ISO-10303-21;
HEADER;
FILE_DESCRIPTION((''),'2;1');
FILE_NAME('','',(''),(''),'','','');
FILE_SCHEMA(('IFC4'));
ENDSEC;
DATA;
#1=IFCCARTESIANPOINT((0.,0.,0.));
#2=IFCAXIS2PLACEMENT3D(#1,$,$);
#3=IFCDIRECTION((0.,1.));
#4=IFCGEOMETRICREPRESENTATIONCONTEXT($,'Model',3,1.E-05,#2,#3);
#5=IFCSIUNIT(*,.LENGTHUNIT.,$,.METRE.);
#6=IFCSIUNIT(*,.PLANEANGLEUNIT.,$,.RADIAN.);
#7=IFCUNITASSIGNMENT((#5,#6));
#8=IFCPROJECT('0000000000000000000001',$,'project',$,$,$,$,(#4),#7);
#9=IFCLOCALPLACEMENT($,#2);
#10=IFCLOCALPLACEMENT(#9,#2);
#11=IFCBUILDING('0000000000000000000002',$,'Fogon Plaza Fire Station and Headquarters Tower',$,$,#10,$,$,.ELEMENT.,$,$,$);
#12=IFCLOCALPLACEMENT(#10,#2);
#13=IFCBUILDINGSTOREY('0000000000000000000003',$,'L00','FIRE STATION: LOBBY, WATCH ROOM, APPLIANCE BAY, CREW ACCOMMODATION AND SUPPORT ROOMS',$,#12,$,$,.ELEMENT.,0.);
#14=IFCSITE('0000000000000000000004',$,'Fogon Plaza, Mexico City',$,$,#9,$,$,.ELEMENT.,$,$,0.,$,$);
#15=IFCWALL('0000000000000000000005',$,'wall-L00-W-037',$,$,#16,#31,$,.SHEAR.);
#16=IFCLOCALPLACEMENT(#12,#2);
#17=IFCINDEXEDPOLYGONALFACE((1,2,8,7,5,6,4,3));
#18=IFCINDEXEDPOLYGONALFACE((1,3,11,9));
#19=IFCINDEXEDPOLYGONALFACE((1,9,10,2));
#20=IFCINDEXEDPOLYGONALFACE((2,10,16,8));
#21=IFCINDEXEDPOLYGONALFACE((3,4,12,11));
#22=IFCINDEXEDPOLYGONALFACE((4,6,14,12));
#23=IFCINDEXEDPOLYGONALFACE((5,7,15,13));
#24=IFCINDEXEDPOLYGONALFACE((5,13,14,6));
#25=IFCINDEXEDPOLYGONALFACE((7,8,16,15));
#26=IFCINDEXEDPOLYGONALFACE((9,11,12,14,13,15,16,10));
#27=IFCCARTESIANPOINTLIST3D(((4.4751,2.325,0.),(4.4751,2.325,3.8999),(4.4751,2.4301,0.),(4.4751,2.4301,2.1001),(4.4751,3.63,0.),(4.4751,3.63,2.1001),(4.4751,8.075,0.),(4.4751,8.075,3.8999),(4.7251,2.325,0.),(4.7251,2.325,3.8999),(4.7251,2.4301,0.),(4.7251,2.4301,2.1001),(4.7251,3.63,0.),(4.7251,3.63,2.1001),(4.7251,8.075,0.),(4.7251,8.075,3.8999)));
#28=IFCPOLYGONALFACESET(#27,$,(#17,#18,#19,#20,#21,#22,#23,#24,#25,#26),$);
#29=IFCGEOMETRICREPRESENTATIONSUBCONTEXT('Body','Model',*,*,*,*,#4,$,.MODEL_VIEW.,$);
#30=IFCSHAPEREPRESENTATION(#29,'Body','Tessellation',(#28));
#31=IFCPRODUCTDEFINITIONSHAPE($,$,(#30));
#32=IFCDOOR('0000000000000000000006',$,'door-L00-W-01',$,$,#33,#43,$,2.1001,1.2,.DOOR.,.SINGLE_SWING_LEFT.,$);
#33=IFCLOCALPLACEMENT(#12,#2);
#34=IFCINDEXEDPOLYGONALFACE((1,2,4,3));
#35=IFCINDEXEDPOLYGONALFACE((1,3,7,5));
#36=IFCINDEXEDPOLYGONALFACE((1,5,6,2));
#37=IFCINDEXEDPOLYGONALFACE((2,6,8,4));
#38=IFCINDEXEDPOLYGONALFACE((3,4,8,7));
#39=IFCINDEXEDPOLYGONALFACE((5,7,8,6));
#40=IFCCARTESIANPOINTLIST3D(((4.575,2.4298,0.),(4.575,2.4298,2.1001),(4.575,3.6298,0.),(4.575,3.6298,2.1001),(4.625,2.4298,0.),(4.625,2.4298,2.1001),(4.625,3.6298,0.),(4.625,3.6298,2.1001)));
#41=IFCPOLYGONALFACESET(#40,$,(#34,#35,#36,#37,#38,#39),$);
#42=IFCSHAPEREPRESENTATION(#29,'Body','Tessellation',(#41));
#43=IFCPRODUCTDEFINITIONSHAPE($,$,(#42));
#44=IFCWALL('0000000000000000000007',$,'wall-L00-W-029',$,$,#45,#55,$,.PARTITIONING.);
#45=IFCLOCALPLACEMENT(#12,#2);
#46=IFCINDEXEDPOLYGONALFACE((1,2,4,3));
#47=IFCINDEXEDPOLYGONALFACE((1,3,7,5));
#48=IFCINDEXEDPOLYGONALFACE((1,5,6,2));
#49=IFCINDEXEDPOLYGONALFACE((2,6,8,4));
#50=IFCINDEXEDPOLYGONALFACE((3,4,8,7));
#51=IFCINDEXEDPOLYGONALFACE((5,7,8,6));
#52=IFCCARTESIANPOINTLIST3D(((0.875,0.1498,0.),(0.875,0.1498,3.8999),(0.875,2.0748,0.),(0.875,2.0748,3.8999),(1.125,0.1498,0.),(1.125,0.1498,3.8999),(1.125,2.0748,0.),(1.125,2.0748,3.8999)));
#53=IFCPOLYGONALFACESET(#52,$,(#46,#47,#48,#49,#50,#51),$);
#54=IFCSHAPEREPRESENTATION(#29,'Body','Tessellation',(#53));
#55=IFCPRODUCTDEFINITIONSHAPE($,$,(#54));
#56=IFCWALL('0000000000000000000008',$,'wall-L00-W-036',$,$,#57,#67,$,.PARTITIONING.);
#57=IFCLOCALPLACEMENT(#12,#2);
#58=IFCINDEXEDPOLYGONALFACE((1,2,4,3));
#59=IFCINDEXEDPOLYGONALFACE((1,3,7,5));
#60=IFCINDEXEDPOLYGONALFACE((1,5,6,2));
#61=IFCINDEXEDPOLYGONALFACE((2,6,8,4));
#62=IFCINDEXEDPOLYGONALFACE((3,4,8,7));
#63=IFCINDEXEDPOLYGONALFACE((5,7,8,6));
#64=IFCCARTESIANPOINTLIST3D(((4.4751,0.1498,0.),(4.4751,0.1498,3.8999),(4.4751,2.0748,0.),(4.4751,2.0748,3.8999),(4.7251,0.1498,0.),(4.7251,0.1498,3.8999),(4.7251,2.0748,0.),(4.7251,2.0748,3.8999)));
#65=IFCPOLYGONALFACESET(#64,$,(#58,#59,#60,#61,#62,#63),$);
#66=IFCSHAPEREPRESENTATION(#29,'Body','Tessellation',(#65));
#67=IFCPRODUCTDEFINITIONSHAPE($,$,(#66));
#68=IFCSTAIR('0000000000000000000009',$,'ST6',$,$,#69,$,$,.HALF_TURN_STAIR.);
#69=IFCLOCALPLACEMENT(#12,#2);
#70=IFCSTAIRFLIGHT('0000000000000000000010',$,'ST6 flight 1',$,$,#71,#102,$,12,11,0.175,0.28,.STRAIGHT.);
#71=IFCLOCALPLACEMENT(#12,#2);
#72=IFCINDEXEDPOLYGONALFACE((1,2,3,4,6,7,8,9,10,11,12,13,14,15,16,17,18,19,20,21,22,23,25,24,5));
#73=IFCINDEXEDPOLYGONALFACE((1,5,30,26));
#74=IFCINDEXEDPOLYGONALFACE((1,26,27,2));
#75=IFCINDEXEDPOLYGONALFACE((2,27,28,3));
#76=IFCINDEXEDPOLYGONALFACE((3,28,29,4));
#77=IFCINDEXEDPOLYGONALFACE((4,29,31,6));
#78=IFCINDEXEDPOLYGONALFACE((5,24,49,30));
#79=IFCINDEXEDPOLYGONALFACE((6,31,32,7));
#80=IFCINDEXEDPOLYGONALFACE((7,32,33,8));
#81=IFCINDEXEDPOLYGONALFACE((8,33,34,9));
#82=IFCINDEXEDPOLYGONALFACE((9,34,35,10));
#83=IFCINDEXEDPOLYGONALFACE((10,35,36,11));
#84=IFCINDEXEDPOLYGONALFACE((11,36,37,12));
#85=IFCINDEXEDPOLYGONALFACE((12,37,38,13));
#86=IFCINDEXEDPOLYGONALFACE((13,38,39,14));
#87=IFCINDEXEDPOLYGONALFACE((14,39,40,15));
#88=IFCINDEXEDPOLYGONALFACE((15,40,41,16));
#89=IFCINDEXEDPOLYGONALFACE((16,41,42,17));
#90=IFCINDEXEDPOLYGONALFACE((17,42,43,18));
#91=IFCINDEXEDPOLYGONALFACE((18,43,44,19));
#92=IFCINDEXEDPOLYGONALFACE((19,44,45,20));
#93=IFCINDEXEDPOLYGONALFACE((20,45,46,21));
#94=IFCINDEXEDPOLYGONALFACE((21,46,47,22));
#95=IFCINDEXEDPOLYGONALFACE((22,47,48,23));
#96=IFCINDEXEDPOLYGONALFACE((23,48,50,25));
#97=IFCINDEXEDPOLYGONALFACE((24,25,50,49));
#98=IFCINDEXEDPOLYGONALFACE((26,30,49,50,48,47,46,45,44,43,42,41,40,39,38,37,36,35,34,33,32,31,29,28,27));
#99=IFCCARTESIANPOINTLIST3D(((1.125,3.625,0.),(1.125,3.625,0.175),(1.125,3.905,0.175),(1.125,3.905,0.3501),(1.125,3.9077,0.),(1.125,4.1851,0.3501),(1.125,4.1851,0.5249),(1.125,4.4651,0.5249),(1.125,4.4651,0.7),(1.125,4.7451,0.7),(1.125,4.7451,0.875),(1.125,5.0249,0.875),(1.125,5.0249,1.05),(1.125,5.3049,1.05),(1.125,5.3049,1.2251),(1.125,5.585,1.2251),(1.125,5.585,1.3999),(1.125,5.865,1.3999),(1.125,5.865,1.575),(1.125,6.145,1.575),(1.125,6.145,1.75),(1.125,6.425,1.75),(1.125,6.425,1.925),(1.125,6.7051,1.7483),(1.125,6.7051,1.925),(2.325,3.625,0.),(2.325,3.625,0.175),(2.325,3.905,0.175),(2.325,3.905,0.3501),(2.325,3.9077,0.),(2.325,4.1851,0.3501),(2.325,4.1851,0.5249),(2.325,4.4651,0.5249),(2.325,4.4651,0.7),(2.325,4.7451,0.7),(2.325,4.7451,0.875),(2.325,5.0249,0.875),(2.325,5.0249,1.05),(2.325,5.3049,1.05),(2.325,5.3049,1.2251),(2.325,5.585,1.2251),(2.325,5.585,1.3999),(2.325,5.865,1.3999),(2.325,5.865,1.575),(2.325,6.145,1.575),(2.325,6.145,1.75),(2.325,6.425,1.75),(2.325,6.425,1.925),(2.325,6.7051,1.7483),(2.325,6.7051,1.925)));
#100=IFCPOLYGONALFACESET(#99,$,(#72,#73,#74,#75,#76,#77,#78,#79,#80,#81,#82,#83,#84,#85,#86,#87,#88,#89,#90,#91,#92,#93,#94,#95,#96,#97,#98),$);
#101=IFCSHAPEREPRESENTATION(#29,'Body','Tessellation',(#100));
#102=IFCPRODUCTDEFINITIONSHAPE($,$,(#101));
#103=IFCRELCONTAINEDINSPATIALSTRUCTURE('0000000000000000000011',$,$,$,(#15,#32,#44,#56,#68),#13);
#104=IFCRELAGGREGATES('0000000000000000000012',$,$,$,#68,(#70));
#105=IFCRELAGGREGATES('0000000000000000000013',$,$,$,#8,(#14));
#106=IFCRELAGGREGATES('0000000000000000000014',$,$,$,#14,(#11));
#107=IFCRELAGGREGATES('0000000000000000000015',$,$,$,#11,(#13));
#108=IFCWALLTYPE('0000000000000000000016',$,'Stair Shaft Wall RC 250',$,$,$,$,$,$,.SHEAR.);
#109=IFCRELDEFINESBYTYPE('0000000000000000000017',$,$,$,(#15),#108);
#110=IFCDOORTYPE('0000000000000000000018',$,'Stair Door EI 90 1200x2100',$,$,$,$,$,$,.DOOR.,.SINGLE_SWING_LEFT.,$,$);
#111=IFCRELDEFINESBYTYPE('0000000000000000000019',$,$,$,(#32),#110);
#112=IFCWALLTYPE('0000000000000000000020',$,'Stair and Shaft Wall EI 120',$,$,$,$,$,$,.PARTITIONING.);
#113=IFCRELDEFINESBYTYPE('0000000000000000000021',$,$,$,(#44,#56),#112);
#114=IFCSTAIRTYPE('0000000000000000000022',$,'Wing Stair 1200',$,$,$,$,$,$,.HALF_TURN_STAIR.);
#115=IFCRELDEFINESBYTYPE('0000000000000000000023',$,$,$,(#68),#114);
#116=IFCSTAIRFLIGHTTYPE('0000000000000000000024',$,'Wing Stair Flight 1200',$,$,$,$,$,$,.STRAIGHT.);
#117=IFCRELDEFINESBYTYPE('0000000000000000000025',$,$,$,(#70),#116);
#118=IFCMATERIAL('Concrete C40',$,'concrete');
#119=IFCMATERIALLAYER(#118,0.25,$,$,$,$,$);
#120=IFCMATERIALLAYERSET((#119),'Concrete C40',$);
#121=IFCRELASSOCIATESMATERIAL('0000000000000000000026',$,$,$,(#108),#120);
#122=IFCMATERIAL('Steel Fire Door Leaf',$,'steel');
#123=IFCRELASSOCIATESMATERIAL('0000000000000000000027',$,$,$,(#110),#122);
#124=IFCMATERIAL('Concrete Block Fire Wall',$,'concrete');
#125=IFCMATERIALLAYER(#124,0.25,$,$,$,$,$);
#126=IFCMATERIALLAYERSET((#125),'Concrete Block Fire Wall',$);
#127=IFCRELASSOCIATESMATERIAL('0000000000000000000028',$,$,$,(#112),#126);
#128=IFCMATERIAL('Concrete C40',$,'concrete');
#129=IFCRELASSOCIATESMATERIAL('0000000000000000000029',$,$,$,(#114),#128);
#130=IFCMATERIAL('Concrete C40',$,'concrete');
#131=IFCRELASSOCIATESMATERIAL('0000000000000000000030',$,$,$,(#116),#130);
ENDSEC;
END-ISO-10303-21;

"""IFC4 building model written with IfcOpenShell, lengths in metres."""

from ifc_helpers import new_model, si_unit, direction, frame, frame_2d, origin, place, context, subcontext, project, spatial, polyline, rectangle, outline, extrude, material, layer, layer_set, type_object, element, fill, aggregate, save


model = new_model("IFC4")

# Units and contexts
model_context = context("Model", 3, precision=1e-05, world=origin(), true_north=direction((0.0, 1.0)))
body_context = subcontext(model_context, "Body", "Model", "MODEL_VIEW")
ifc_project = project(units=[si_unit("LENGTHUNIT", "METRE"), si_unit("PLANEANGLEUNIT", "RADIAN")], contexts=[model_context])

# Site, building, storey
site_placement = place(None, origin())
site = spatial("IfcSite", under=ifc_project, at=site_placement, Name="Fogon Plaza, Mexico City", CompositionType="ELEMENT", RefElevation=0.0)
building_placement = place(site_placement, origin())
building = spatial("IfcBuilding", under=site, at=building_placement, Name="Fogon Plaza Fire Station and Headquarters Tower", CompositionType="ELEMENT")
storey_placement = place(building_placement, origin())
storey = spatial("IfcBuildingStorey", under=building, at=storey_placement, Name="L00", Description="FIRE STATION: LOBBY, WATCH ROOM, APPLIANCE BAY, CREW ACCOMMODATION AND SUPPORT ROOMS", CompositionType="ELEMENT", Elevation=0.0)

# Shared definitions
ifc_material_1 = material(Name="Concrete C40", Category="concrete")
ifc_layer_1 = layer(ifc_material_1, 0.25)
ifc_layer_set_1 = layer_set([ifc_layer_1], Name="Concrete C40")
wall_type_1 = type_object("IfcWallType", Name="Stair Shaft Wall RC 250", PredefinedType="SHEAR", material=ifc_layer_set_1)

# Wall, opening, door
wall_1_placement = place(storey_placement, frame((4.6001, 2.325, 0.0), z_axis=(0.0, 0.0, 1.0), x_axis=(0.0, 1.0, 0.0)))
wall_1 = element("IfcWall", 1, at=wall_1_placement, inside=storey, type_object=wall_type_1, Name="wall-L00-W-037", PredefinedType="SHEAR", context=body_context, shape_type="SweptSolid", body=[
    extrude(rectangle(XDim=5.75, YDim=0.25, at=frame_2d((2.875, 0.0))), origin(), (0.0, 0.0, 1.0), 3.8999),
])
opening_1_placement = place(wall_1_placement, frame((0.105, 0.0, 0.0)))
opening_1 = element("IfcOpeningElement", 2, at=opening_1_placement, cuts=wall_1, PredefinedType="OPENING", context=body_context, shape_type="SweptSolid", body=[
    extrude(rectangle(XDim=1.2, YDim=2.1001, at=frame_2d((0.6001, 1.05))), frame((0.0, 0.135, 0.0), z_axis=(0.0, -1.0, 0.0), x_axis=(1.0, 0.0, 0.0)), (0.0, 0.0, 1.0), 0.27),
])
ifc_material_2 = material(Name="Steel Fire Door Leaf", Category="steel")
door_type_1 = type_object("IfcDoorType", Name="Stair Door EI 90 1200x2100", OperationType="SINGLE_SWING_LEFT", PredefinedType="DOOR", material=ifc_material_2)
door_1_placement = place(opening_1_placement, frame((1.2, 0.0, 0.0), z_axis=(0.0, 0.0, 1.0), x_axis=(-1.0, 0.0, 0.0)))
door_1 = element("IfcDoor", 3, at=door_1_placement, inside=storey, type_object=door_type_1, Name="door-L00-W-01", OperationType="SINGLE_SWING_LEFT", OverallHeight=2.1001, OverallWidth=1.2, PredefinedType="DOOR", context=body_context, shape_type="SweptSolid", body=[
    extrude(rectangle(XDim=1.2, YDim=2.1001, at=frame_2d((0.6001, 1.05))), frame((0.0, 0.0249, 0.0), z_axis=(0.0, -1.0, 0.0), x_axis=(1.0, 0.0, 0.0)), (0.0, 0.0, 1.0), 0.05),
])
fill(opening_1, door_1)

# Walls
ifc_material_3 = material(Name="Concrete Block Fire Wall", Category="concrete")
ifc_layer_2 = layer(ifc_material_3, 0.25)
ifc_layer_set_2 = layer_set([ifc_layer_2], Name="Concrete Block Fire Wall")
wall_type_2 = type_object("IfcWallType", Name="Stair and Shaft Wall EI 120", PredefinedType="PARTITIONING", material=ifc_layer_set_2)
for number, where, z_axis, x_axis, name in (
    (4, (1.0, 0.1499, 0.0), (0.0, 0.0, 1.0), (0.0, 1.0, 0.0), "wall-L00-W-029"),
    (5, (4.6001, 0.1499, 0.0), (0.0, 0.0, 1.0), (0.0, 1.0, 0.0), "wall-L00-W-036"),
):
    element("IfcWall", number, at=place(storey_placement, frame(where, z_axis=z_axis, x_axis=x_axis)), inside=storey, type_object=wall_type_2, Name=name, PredefinedType="PARTITIONING", context=body_context, shape_type="SweptSolid", body=[
        extrude(rectangle(XDim=1.925, YDim=0.25, at=frame_2d((0.9624, 0.0))), origin(), (0.0, 0.0, 1.0), 3.8999),
    ])

# Stair, stair flight
ifc_material_4 = material(Name="Concrete C40", Category="concrete")
stair_type = type_object("IfcStairType", Name="Wing Stair 1200", PredefinedType="HALF_TURN_STAIR", material=ifc_material_4)
stair_placement = place(storey_placement, origin())
stair = element("IfcStair", 6, at=stair_placement, inside=storey, type_object=stair_type, Name="ST6", PredefinedType="HALF_TURN_STAIR")
ifc_material_5 = material(Name="Concrete C40", Category="concrete")
stair_flight_type = type_object("IfcStairFlightType", Name="Wing Stair Flight 1200", PredefinedType="STRAIGHT", material=ifc_material_5)
stair_flight_placement = place(storey_placement, frame((1.7251, 3.625, 0.0), z_axis=(0.0, 0.0, 1.0), x_axis=(0.0, 1.0, 0.0)))
stair_flight = element("IfcStairFlight", 7, at=stair_flight_placement, type_object=stair_flight_type, Name="ST6 flight 1", NumberOfRisers=12, NumberOfTreads=11, PredefinedType="STRAIGHT", RiserHeight=0.175, TreadLength=0.28, context=body_context, shape_type="SweptSolid", body=[
    extrude(outline(polyline([(0.0, 0.0), (0.0, 0.175), (0.28, 0.175), (0.28, 0.3501), (0.5601, 0.3501), (0.5601, 0.5249), (0.8401, 0.5249), (0.8401, 0.7), (1.1201, 0.7), (1.1201, 0.875), (1.3999, 0.875), (1.3999, 1.05), (1.6799, 1.05), (1.6799, 1.2251), (1.96, 1.2251), (1.96, 1.3999), (2.24, 1.3999), (2.24, 1.575), (2.52, 1.575), (2.52, 1.75), (2.8, 1.75), (2.8, 1.925), (3.0801, 1.925), (3.0801, 2.1001), (3.0801, 1.7483), (0.2827, 0.0), (0.0, 0.0)])), frame((0.0, 0.6001, 0.0), z_axis=(0.0, -1.0, 0.0), x_axis=(1.0, 0.0, 0.0)), (0.0, 0.0, 1.0), 1.2),
])
aggregate(stair, [stair_flight])

save(model, "model.ifc")
